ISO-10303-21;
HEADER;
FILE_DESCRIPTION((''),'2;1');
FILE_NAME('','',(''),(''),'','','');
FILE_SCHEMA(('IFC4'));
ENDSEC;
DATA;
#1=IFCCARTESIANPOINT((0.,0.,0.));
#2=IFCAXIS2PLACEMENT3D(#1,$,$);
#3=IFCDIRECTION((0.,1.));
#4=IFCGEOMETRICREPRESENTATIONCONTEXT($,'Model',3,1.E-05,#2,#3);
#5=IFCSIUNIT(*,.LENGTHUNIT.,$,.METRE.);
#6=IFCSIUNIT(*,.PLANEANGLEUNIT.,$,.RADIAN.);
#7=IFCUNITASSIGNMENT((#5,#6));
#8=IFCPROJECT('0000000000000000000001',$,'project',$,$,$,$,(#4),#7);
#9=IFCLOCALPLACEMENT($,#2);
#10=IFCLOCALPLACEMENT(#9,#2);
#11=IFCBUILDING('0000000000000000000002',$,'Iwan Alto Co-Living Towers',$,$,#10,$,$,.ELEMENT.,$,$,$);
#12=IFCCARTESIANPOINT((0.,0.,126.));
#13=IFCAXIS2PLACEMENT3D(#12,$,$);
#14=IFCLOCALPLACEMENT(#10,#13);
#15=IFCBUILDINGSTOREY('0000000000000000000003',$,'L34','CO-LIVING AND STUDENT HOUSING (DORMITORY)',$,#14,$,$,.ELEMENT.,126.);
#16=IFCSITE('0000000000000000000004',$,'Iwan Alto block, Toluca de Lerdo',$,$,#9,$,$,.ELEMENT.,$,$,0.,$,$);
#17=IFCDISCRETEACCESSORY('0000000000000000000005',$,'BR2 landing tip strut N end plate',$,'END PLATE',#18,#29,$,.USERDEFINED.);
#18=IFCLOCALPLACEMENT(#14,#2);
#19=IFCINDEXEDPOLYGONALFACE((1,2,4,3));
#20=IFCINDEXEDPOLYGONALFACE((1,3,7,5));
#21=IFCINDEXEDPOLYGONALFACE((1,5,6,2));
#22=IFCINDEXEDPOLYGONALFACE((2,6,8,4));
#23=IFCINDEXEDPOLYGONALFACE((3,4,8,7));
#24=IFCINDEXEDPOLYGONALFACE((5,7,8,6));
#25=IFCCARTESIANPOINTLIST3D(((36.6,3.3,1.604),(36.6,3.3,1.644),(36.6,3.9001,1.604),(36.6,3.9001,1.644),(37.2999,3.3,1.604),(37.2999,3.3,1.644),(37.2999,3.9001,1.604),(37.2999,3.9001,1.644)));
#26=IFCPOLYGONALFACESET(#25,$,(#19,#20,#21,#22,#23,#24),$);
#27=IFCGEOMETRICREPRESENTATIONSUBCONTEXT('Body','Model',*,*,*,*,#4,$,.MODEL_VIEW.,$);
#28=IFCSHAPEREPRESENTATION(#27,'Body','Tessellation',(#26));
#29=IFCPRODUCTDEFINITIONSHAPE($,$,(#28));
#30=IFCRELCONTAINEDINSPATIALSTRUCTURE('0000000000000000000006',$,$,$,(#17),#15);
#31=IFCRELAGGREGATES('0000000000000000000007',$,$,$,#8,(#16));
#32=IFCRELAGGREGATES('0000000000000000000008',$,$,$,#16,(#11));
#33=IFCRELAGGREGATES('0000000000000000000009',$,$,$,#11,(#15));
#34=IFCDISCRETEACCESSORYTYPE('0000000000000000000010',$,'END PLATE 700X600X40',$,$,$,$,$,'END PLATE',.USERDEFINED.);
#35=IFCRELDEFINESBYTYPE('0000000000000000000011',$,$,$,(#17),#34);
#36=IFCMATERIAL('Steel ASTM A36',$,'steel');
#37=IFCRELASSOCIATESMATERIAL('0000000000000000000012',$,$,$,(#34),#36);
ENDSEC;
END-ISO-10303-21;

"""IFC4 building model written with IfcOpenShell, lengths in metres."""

from ifc_helpers import new_model, si_unit, direction, frame, origin, origin_2d, place, context, subcontext, project, spatial, rectangle, extrude, material, type_object, element, save


model = new_model("IFC4")

# Units and contexts
model_context = context("Model", 3, precision=1e-05, world=origin(), true_north=direction((0.0, 1.0)))
body_context = subcontext(model_context, "Body", "Model", "MODEL_VIEW")
ifc_project = project(units=[si_unit("LENGTHUNIT", "METRE"), si_unit("PLANEANGLEUNIT", "RADIAN")], contexts=[model_context])

# Site, building, storey
site_placement = place(None, origin())
site = spatial("IfcSite", under=ifc_project, at=site_placement, Name="Iwan Alto block, Toluca de Lerdo", CompositionType="ELEMENT", RefElevation=0.0)
building_placement = place(site_placement, origin())
building = spatial("IfcBuilding", under=site, at=building_placement, Name="Iwan Alto Co-Living Towers", CompositionType="ELEMENT")
storey_placement = place(building_placement, frame((0.0, 0.0, 126.0)))
storey = spatial("IfcBuildingStorey", under=building, at=storey_placement, Name="L34", Description="CO-LIVING AND STUDENT HOUSING (DORMITORY)", CompositionType="ELEMENT", Elevation=126.0)

# Discrete accessory
ifc_material_1 = material(Name="Steel ASTM A36", Category="steel")
discrete_accessory_type = type_object("IfcDiscreteAccessoryType", Name="END PLATE 700X600X40", ElementType="END PLATE", PredefinedType="USERDEFINED", material=ifc_material_1)
for number, where, z_axis, x_axis, name in (
    (1, (36.95, 3.6001, 1.604), (0.0, 0.0, 1.0), (1.0, 0.0, 0.0), "BR2 landing tip strut N end plate"),
):
    element("IfcDiscreteAccessory", number, at=place(storey_placement, frame(where, z_axis=z_axis, x_axis=x_axis)), inside=storey, type_object=discrete_accessory_type, Name=name, ObjectType="END PLATE", PredefinedType="USERDEFINED", context=body_context, shape_type="SweptSolid", body=[
        extrude(rectangle(XDim=0.7, YDim=0.6001, at=origin_2d()), origin(), (0.0, 0.0, 1.0), 0.04),
    ])

save(model, "model.ifc")
